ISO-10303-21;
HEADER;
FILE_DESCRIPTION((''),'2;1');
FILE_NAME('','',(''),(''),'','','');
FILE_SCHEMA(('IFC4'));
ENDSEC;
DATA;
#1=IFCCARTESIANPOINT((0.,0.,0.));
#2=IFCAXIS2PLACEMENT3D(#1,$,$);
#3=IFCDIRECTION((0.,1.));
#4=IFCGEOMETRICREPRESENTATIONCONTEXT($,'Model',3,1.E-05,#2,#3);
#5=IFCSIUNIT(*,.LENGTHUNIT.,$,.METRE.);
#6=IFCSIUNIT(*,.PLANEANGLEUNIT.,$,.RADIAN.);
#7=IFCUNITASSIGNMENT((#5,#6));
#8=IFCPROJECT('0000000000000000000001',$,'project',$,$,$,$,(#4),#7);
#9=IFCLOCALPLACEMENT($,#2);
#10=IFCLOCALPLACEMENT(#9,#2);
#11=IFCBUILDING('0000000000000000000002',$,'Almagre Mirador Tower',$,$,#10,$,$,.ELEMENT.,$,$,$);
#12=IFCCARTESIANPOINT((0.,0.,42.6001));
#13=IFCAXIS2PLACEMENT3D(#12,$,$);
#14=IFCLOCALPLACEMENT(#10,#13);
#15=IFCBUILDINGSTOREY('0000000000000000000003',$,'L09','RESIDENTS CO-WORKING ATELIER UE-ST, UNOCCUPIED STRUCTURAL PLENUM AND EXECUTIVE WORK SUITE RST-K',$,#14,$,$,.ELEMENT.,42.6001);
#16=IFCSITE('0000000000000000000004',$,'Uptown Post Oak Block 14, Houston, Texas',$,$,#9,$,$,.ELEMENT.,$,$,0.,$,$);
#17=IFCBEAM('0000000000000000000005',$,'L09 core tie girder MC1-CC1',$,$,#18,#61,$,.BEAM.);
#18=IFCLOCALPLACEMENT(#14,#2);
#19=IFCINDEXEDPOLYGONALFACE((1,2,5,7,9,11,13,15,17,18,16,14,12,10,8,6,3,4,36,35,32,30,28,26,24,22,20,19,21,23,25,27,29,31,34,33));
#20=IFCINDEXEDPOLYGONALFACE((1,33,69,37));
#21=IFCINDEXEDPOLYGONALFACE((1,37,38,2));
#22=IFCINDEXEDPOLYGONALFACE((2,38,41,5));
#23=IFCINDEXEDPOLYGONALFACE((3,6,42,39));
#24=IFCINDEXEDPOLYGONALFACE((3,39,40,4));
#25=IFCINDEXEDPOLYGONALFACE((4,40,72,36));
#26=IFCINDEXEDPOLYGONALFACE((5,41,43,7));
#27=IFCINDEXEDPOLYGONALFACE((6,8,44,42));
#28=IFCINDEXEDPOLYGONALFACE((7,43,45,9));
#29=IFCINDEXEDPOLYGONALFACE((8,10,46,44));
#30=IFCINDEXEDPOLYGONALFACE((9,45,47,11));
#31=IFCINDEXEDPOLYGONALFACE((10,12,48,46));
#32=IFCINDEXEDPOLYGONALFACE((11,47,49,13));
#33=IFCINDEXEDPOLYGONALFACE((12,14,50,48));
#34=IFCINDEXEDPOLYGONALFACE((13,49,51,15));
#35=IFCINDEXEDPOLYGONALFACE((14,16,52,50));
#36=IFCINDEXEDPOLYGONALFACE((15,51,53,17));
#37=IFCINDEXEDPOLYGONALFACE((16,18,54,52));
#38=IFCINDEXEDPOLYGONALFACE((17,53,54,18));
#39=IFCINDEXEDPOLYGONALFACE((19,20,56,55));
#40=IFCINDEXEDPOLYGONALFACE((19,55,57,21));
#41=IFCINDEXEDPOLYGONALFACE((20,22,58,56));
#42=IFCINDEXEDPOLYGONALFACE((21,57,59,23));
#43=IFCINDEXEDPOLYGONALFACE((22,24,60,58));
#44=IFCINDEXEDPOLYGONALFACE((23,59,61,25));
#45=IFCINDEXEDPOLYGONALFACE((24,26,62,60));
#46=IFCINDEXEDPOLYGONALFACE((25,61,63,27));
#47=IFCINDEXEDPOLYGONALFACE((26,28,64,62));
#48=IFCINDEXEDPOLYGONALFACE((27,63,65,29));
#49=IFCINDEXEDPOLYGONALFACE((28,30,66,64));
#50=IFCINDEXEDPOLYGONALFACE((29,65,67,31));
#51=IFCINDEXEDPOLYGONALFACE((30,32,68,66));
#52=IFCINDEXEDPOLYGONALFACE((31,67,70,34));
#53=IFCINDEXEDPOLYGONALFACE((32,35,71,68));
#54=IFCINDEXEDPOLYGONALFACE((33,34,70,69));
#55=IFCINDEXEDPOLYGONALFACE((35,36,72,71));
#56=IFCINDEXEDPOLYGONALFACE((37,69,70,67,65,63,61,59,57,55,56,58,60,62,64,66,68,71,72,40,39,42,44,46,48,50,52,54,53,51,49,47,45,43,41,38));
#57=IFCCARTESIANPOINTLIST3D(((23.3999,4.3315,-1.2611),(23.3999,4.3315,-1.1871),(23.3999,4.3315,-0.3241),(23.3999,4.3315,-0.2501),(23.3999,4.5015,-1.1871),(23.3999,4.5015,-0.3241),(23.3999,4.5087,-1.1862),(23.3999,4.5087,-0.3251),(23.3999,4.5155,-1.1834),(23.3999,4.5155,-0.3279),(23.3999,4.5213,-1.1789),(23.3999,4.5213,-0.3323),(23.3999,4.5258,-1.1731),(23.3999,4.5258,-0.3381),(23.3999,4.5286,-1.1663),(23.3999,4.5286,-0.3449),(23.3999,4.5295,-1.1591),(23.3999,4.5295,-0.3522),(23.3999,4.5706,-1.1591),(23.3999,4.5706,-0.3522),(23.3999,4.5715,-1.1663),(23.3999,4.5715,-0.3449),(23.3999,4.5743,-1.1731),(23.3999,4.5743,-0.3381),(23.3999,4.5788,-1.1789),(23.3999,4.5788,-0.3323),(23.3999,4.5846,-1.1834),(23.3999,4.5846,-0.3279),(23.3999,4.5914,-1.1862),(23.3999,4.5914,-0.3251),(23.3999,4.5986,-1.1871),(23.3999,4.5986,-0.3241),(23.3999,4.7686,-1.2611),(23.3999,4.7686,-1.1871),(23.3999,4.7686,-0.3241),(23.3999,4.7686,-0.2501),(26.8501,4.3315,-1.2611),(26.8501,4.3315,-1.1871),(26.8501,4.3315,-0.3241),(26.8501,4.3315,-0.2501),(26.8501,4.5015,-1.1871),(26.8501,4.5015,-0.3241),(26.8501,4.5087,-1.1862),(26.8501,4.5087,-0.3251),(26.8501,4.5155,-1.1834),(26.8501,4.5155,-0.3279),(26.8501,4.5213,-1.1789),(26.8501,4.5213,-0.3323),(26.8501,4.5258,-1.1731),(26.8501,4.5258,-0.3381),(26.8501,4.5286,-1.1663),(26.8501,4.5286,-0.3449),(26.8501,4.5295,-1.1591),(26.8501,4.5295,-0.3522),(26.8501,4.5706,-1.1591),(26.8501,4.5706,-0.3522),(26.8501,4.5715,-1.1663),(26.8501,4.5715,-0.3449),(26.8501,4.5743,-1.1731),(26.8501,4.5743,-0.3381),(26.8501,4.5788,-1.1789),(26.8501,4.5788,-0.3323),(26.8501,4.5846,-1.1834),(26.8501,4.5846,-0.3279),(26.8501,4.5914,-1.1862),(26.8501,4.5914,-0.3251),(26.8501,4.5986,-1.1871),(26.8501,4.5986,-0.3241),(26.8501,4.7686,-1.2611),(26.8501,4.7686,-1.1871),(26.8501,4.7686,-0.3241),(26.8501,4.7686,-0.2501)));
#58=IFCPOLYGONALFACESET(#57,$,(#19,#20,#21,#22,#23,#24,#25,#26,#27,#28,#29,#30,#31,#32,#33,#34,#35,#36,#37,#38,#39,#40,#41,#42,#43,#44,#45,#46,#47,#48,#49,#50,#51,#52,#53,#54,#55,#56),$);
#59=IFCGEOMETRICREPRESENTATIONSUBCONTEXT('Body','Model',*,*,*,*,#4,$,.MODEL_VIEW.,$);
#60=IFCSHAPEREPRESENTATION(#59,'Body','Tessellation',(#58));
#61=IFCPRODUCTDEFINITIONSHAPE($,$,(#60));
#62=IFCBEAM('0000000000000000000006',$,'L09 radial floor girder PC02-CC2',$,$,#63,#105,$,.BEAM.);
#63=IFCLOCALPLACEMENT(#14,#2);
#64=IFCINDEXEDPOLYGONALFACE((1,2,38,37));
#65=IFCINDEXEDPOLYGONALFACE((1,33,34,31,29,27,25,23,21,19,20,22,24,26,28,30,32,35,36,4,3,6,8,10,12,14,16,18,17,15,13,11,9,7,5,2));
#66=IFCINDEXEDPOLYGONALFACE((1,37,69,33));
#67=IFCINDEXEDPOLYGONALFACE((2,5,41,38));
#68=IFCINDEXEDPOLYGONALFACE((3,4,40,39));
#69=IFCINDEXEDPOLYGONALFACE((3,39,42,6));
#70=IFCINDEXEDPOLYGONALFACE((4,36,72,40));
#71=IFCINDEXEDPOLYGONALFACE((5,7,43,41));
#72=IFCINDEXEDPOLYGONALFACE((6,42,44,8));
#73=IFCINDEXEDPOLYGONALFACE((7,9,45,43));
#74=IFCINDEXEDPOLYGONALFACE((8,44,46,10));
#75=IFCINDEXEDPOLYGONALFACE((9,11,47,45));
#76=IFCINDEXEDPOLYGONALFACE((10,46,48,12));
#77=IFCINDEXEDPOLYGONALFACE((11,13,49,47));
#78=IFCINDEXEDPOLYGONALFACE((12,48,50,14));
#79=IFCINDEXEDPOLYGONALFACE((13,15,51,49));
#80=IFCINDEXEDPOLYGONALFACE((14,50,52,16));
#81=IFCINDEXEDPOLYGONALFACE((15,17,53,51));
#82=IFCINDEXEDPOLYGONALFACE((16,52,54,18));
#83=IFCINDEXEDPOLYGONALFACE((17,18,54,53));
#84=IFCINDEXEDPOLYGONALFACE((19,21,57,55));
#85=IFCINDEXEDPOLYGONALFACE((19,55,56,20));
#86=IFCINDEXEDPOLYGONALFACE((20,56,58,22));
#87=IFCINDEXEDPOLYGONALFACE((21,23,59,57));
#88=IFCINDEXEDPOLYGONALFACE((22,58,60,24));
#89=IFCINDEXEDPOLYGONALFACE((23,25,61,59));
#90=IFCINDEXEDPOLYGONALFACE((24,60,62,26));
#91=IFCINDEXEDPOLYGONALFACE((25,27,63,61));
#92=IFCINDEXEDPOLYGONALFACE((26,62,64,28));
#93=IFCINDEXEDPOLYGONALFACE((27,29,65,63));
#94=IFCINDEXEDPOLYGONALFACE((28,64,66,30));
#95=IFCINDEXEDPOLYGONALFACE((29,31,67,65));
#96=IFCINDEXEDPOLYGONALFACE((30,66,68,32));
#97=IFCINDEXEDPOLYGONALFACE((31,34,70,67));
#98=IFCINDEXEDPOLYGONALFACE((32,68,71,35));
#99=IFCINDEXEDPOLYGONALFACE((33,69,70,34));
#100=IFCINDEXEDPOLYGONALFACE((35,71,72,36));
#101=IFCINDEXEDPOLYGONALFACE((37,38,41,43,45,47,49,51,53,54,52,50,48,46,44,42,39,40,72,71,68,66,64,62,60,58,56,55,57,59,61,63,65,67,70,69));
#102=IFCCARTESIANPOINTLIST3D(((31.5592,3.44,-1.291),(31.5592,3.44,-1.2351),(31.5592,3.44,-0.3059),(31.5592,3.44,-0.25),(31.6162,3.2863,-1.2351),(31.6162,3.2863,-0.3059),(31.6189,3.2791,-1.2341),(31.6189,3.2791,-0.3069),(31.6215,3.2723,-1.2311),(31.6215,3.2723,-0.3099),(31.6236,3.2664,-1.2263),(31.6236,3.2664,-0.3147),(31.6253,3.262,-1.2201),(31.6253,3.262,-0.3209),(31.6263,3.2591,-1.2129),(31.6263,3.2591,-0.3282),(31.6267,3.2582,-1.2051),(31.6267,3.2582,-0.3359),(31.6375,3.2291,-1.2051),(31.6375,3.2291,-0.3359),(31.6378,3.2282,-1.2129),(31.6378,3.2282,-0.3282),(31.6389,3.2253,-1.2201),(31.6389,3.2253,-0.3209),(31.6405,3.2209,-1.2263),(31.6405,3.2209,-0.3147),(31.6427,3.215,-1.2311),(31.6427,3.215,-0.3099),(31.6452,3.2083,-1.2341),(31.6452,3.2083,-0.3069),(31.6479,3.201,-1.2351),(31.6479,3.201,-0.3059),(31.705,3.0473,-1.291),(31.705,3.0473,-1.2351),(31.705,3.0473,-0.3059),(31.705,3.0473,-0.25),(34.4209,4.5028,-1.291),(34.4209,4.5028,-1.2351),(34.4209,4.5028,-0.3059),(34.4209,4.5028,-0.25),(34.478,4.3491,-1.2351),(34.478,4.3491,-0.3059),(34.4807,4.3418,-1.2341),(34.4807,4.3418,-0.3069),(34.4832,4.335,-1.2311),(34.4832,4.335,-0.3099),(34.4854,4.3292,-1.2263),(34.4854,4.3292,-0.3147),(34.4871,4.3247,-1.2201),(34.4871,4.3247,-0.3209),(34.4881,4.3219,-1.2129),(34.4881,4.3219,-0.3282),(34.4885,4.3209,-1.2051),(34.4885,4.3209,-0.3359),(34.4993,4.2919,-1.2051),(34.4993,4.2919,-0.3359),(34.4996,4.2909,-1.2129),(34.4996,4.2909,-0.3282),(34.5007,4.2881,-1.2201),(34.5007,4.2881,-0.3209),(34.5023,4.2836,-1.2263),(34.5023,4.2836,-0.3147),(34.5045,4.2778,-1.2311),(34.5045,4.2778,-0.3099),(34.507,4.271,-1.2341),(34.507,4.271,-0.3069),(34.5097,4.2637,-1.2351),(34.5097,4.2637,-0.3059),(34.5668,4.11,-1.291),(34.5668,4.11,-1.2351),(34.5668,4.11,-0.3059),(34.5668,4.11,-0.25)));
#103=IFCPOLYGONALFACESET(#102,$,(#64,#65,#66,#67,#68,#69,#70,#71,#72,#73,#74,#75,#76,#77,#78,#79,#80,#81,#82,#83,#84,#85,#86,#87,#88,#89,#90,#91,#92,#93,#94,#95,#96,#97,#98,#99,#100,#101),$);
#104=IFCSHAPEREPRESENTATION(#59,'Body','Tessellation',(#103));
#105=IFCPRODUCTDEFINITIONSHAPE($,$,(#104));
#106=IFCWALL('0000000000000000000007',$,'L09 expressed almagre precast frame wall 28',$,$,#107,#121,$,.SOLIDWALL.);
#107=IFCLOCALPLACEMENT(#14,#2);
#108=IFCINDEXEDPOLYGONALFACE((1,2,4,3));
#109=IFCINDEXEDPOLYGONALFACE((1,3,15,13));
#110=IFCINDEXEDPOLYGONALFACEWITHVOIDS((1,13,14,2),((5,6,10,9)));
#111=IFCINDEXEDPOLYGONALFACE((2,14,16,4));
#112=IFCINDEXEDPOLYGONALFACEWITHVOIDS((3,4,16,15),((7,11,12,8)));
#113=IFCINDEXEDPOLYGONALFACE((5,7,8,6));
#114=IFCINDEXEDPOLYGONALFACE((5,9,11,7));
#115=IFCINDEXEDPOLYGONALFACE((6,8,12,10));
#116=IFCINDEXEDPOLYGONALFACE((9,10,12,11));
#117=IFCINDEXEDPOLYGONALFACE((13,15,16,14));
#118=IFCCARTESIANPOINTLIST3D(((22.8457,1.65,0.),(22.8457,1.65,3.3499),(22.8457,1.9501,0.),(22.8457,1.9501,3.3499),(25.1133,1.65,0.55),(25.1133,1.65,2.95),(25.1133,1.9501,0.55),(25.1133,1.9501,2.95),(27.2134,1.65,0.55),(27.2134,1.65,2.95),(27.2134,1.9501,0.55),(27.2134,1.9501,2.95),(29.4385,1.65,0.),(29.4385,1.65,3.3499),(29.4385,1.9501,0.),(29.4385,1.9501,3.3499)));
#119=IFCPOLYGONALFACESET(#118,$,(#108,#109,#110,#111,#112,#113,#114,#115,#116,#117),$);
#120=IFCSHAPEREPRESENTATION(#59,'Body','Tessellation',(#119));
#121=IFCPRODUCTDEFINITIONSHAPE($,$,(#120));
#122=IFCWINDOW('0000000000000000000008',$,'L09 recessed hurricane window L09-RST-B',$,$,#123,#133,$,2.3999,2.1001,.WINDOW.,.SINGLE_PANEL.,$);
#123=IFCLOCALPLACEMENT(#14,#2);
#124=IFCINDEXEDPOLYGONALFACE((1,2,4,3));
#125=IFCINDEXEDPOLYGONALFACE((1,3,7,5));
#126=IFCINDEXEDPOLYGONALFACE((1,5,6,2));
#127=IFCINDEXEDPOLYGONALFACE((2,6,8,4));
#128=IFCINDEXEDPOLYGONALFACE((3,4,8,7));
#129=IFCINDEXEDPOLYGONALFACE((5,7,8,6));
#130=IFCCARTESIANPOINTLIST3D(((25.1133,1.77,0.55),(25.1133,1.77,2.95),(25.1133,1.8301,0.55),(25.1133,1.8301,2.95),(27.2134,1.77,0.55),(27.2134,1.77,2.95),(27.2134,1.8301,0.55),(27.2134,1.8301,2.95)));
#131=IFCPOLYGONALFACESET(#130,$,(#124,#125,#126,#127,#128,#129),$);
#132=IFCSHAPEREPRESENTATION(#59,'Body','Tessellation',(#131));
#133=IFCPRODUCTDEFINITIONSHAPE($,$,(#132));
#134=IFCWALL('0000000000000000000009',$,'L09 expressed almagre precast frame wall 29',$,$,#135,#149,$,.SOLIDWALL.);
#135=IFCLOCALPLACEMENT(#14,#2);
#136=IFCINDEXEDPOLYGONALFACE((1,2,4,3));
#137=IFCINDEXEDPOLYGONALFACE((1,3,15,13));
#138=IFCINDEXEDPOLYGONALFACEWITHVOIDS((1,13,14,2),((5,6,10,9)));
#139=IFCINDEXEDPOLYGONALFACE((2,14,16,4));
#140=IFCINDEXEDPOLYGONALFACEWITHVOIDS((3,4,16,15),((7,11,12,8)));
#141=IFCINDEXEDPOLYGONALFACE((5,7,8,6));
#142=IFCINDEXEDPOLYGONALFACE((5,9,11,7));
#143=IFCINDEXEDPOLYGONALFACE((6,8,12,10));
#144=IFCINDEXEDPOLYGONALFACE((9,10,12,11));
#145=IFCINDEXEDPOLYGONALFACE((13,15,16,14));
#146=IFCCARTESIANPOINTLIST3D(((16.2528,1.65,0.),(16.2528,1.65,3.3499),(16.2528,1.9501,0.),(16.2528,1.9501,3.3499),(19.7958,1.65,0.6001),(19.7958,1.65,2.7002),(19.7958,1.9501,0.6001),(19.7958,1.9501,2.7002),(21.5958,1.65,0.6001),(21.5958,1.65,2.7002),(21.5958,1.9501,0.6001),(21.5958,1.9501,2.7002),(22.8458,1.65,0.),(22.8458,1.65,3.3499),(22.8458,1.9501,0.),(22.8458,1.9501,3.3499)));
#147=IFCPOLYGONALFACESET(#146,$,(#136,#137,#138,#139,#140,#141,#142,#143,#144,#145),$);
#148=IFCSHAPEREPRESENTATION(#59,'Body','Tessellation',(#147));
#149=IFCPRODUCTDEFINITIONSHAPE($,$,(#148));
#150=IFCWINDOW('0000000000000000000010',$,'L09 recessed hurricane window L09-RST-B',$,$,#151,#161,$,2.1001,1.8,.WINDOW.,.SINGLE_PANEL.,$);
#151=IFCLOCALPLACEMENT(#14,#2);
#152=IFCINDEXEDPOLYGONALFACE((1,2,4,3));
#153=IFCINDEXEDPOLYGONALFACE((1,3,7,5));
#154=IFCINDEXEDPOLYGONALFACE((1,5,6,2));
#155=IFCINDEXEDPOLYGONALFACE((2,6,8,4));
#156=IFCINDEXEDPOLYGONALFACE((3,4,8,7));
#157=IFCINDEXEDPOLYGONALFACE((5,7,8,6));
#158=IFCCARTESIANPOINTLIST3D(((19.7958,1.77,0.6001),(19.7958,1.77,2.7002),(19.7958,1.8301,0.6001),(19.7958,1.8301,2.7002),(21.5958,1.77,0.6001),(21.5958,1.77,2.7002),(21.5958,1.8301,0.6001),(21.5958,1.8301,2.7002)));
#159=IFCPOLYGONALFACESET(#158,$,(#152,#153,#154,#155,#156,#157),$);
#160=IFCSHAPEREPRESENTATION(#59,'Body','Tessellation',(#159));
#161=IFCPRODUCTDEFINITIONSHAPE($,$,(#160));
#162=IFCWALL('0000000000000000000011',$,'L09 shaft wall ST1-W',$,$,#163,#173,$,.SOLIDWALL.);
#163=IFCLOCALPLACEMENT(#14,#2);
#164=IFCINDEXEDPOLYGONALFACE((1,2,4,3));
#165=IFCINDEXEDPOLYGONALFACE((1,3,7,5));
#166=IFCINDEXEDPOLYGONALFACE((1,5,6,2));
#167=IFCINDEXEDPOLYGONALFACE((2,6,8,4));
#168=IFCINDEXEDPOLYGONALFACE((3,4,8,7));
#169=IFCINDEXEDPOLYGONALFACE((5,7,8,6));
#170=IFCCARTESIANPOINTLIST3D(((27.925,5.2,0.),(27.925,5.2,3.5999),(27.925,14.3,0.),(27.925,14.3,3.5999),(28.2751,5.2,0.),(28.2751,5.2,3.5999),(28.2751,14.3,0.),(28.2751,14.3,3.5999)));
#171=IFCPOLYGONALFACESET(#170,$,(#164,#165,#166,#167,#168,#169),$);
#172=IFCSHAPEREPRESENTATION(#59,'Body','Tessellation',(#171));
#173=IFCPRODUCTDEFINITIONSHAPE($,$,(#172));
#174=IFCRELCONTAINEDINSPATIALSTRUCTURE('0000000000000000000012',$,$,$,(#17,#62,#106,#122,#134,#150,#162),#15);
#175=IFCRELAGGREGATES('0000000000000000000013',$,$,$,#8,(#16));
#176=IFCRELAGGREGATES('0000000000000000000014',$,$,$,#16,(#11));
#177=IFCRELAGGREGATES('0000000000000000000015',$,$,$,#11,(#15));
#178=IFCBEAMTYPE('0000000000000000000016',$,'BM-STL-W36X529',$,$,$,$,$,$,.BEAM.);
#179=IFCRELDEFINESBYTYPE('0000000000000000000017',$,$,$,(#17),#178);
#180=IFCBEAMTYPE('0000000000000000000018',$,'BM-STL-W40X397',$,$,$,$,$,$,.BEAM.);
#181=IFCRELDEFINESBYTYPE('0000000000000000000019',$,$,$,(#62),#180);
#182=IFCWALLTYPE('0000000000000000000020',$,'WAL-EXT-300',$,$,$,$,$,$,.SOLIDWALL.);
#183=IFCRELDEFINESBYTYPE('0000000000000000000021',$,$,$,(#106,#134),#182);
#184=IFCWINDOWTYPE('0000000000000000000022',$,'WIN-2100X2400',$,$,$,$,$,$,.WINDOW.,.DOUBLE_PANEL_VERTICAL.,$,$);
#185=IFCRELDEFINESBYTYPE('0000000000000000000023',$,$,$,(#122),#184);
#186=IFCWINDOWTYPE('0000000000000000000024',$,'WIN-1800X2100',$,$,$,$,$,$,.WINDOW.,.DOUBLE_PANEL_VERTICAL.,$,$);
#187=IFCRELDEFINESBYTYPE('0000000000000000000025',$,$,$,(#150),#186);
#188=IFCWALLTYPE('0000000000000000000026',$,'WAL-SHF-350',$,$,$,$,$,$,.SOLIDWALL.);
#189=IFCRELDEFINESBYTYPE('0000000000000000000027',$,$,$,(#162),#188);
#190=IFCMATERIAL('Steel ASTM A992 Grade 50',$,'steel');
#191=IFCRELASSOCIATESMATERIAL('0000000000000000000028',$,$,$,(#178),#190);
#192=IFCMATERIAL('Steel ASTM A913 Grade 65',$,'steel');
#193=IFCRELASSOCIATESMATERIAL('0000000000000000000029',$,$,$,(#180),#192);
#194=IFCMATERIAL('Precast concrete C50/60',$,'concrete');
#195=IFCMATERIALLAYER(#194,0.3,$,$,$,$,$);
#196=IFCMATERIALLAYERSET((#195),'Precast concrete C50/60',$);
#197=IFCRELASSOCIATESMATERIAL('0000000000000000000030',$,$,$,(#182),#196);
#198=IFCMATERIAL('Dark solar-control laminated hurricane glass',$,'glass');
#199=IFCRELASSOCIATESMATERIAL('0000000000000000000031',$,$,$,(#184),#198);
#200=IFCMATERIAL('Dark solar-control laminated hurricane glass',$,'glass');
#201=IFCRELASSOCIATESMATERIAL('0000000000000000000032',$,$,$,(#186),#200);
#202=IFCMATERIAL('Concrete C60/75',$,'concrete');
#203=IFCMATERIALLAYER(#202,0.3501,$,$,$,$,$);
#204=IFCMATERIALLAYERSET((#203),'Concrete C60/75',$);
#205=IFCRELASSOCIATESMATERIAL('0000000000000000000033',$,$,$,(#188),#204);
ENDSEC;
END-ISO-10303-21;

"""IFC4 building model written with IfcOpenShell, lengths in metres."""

from ifc_helpers import new_model, si_unit, direction, frame, frame_2d, origin, origin_2d, place, context, subcontext, project, spatial, rectangle, i_section, extrude, material, layer, layer_set, material_profile, profile_set, type_object, element, fill, save


model = new_model("IFC4")

# Units and contexts
model_context = context("Model", 3, precision=1e-05, world=origin(), true_north=direction((0.0, 1.0)))
body_context = subcontext(model_context, "Body", "Model", "MODEL_VIEW")
ifc_project = project(units=[si_unit("LENGTHUNIT", "METRE"), si_unit("PLANEANGLEUNIT", "RADIAN")], contexts=[model_context])

# Site, building, storey
site_placement = place(None, origin())
site = spatial("IfcSite", under=ifc_project, at=site_placement, Name="Uptown Post Oak Block 14, Houston, Texas", CompositionType="ELEMENT", RefElevation=0.0)
building_placement = place(site_placement, origin())
building = spatial("IfcBuilding", under=site, at=building_placement, Name="Almagre Mirador Tower", CompositionType="ELEMENT")
storey_placement = place(building_placement, frame((0.0, 0.0, 42.6001)))
storey = spatial("IfcBuildingStorey", under=building, at=storey_placement, Name="L09", Description="RESIDENTS CO-WORKING ATELIER UE-ST, UNOCCUPIED STRUCTURAL PLENUM AND EXECUTIVE WORK SUITE RST-K", CompositionType="ELEMENT", Elevation=42.6001)

# Beams
ifc_material_1 = material(Name="Steel ASTM A992 Grade 50", Category="steel")
ifc_material_profile_1 = material_profile(ifc_material_1, i_section(OverallWidth=0.437, OverallDepth=1.011, WebThickness=0.041, FlangeThickness=0.074, FilletRadius=0.0281, at=origin_2d()), Name="W36X529")
ifc_profile_set_1 = profile_set([ifc_material_profile_1], Name="Steel ASTM A992 Grade 50")
beam_type_1 = type_object("IfcBeamType", Name="BM-STL-W36X529", PredefinedType="BEAM", material=ifc_profile_set_1)
beam_1_placement = place(storey_placement, frame((23.3999, 4.55, -0.7556), z_axis=(1.0, 0.0, 0.0), x_axis=(0.0, 1.0, 0.0)))
element("IfcBeam", 1, at=beam_1_placement, inside=storey, type_object=beam_type_1, Name="L09 core tie girder MC1-CC1", PredefinedType="BEAM", context=body_context, shape_type="SweptSolid", body=[
    extrude(i_section(OverallWidth=0.437, OverallDepth=1.011, WebThickness=0.041, FlangeThickness=0.074, FilletRadius=0.0281, at=origin_2d()), origin(), (0.0, 0.0, 1.0), 3.4502),
])
ifc_material_2 = material(Name="Steel ASTM A913 Grade 65", Category="steel")
ifc_material_profile_2 = material_profile(ifc_material_2, i_section(OverallWidth=0.4189, OverallDepth=1.041, WebThickness=0.031, FlangeThickness=0.0559, FilletRadius=0.03, at=origin_2d()), Name="W40X397")
ifc_profile_set_2 = profile_set([ifc_material_profile_2], Name="Steel ASTM A913 Grade 65")
beam_type_2 = type_object("IfcBeamType", Name="BM-STL-W40X397", PredefinedType="BEAM", material=ifc_profile_set_2)
beam_2_placement = place(storey_placement, frame((31.6321, 3.2437, -0.7705), z_axis=(0.937448, 0.348124, 0.0), x_axis=(-0.348124, 0.937448, 0.0)))
element("IfcBeam", 2, at=beam_2_placement, inside=storey, type_object=beam_type_2, Name="L09 radial floor girder PC02-CC2", PredefinedType="BEAM", context=body_context, shape_type="SweptSolid", body=[
    extrude(i_section(OverallWidth=0.4189, OverallDepth=1.041, WebThickness=0.031, FlangeThickness=0.0559, FilletRadius=0.03, at=origin_2d()), origin(), (0.0, 0.0, 1.0), 3.0527),
])

# Walls, openings, windows
ifc_material_3 = material(Name="Precast concrete C50/60", Category="concrete")
ifc_layer_1 = layer(ifc_material_3, 0.3)
ifc_layer_set_1 = layer_set([ifc_layer_1], Name="Precast concrete C50/60")
wall_type_1 = type_object("IfcWallType", Name="WAL-EXT-300", PredefinedType="SOLIDWALL", material=ifc_layer_set_1)
wall_1_placement = place(storey_placement, frame((29.4385, 1.8, 0.0), z_axis=(0.0, 0.0, 1.0), x_axis=(-1.0, 0.0, 0.0)))
wall_1 = element("IfcWall", 3, at=wall_1_placement, inside=storey, type_object=wall_type_1, Name="L09 expressed almagre precast frame wall 28", PredefinedType="SOLIDWALL", context=body_context, shape_type="SweptSolid", body=[
    extrude(rectangle(XDim=6.5928, YDim=0.3, at=frame_2d((3.2964, 0.0))), origin(), (0.0, 0.0, 1.0), 3.3499),
])
opening_1_placement = place(wall_1_placement, frame((2.2251, 0.0, 0.55)))
opening_1 = element("IfcOpeningElement", 4, at=opening_1_placement, cuts=wall_1, PredefinedType="OPENING", context=body_context, shape_type="SweptSolid", body=[
    extrude(rectangle(XDim=2.1001, YDim=2.3999, at=frame_2d((1.05, 1.2))), frame((0.0, 0.1599, 0.0), z_axis=(0.0, -1.0, 0.0), x_axis=(1.0, 0.0, 0.0)), (0.0, 0.0, 1.0), 0.32),
])
ifc_material_4 = material(Name="Dark solar-control laminated hurricane glass", Category="glass")
window_type_1 = type_object("IfcWindowType", Name="WIN-2100X2400", PartitioningType="DOUBLE_PANEL_VERTICAL", PredefinedType="WINDOW", material=ifc_material_4)
window_1_placement = place(opening_1_placement, origin())
window_1 = element("IfcWindow", 5, at=window_1_placement, inside=storey, type_object=window_type_1, Name="L09 recessed hurricane window L09-RST-B", OverallHeight=2.3999, OverallWidth=2.1001, PartitioningType="SINGLE_PANEL", PredefinedType="WINDOW", context=body_context, shape_type="SweptSolid", body=[
    extrude(rectangle(XDim=2.1001, YDim=2.3999, at=frame_2d((1.05, 1.2))), frame((0.0, 0.03, 0.0), z_axis=(0.0, -1.0, 0.0), x_axis=(1.0, 0.0, 0.0)), (0.0, 0.0, 1.0), 0.0601),
])
fill(opening_1, window_1)
wall_2_placement = place(storey_placement, frame((22.8457, 1.8, 0.0), z_axis=(0.0, 0.0, 1.0), x_axis=(-1.0, 0.0, 0.0)))
wall_2 = element("IfcWall", 6, at=wall_2_placement, inside=storey, type_object=wall_type_1, Name="L09 expressed almagre precast frame wall 29", PredefinedType="SOLIDWALL", context=body_context, shape_type="SweptSolid", body=[
    extrude(rectangle(XDim=6.593, YDim=0.3, at=frame_2d((3.2964, 0.0))), origin(), (0.0, 0.0, 1.0), 3.3499),
])
opening_2_placement = place(wall_2_placement, frame((1.25, 0.0, 0.6001)))
opening_2 = element("IfcOpeningElement", 7, at=opening_2_placement, cuts=wall_2, PredefinedType="OPENING", context=body_context, shape_type="SweptSolid", body=[
    extrude(rectangle(XDim=1.8, YDim=2.1001, at=frame_2d((0.8999, 1.05))), frame((0.0, 0.1599, 0.0), z_axis=(0.0, -1.0, 0.0), x_axis=(1.0, 0.0, 0.0)), (0.0, 0.0, 1.0), 0.32),
])
ifc_material_5 = material(Name="Dark solar-control laminated hurricane glass", Category="glass")
window_type_2 = type_object("IfcWindowType", Name="WIN-1800X2100", PartitioningType="DOUBLE_PANEL_VERTICAL", PredefinedType="WINDOW", material=ifc_material_5)
window_2_placement = place(opening_2_placement, origin())
window_2 = element("IfcWindow", 8, at=window_2_placement, inside=storey, type_object=window_type_2, Name="L09 recessed hurricane window L09-RST-B", OverallHeight=2.1001, OverallWidth=1.8, PartitioningType="SINGLE_PANEL", PredefinedType="WINDOW", context=body_context, shape_type="SweptSolid", body=[
    extrude(rectangle(XDim=1.8, YDim=2.1001, at=frame_2d((0.8999, 1.05))), frame((0.0, 0.03, 0.0), z_axis=(0.0, -1.0, 0.0), x_axis=(1.0, 0.0, 0.0)), (0.0, 0.0, 1.0), 0.0601),
])
fill(opening_2, window_2)

# Wall
ifc_material_6 = material(Name="Concrete C60/75", Category="concrete")
ifc_layer_2 = layer(ifc_material_6, 0.3501)
ifc_layer_set_2 = layer_set([ifc_layer_2], Name="Concrete C60/75")
wall_type_2 = type_object("IfcWallType", Name="WAL-SHF-350", PredefinedType="SOLIDWALL", material=ifc_layer_set_2)
wall_3_placement = place(storey_placement, frame((28.1001, 5.2, 0.0), z_axis=(0.0, 0.0, 1.0), x_axis=(0.0, 1.0, 0.0)))
element("IfcWall", 9, at=wall_3_placement, inside=storey, type_object=wall_type_2, Name="L09 shaft wall ST1-W", PredefinedType="SOLIDWALL", context=body_context, shape_type="SweptSolid", body=[
    extrude(rectangle(XDim=9.1001, YDim=0.3501, at=frame_2d((4.55, 0.0))), origin(), (0.0, 0.0, 1.0), 3.5999),
])

save(model, "model.ifc")
